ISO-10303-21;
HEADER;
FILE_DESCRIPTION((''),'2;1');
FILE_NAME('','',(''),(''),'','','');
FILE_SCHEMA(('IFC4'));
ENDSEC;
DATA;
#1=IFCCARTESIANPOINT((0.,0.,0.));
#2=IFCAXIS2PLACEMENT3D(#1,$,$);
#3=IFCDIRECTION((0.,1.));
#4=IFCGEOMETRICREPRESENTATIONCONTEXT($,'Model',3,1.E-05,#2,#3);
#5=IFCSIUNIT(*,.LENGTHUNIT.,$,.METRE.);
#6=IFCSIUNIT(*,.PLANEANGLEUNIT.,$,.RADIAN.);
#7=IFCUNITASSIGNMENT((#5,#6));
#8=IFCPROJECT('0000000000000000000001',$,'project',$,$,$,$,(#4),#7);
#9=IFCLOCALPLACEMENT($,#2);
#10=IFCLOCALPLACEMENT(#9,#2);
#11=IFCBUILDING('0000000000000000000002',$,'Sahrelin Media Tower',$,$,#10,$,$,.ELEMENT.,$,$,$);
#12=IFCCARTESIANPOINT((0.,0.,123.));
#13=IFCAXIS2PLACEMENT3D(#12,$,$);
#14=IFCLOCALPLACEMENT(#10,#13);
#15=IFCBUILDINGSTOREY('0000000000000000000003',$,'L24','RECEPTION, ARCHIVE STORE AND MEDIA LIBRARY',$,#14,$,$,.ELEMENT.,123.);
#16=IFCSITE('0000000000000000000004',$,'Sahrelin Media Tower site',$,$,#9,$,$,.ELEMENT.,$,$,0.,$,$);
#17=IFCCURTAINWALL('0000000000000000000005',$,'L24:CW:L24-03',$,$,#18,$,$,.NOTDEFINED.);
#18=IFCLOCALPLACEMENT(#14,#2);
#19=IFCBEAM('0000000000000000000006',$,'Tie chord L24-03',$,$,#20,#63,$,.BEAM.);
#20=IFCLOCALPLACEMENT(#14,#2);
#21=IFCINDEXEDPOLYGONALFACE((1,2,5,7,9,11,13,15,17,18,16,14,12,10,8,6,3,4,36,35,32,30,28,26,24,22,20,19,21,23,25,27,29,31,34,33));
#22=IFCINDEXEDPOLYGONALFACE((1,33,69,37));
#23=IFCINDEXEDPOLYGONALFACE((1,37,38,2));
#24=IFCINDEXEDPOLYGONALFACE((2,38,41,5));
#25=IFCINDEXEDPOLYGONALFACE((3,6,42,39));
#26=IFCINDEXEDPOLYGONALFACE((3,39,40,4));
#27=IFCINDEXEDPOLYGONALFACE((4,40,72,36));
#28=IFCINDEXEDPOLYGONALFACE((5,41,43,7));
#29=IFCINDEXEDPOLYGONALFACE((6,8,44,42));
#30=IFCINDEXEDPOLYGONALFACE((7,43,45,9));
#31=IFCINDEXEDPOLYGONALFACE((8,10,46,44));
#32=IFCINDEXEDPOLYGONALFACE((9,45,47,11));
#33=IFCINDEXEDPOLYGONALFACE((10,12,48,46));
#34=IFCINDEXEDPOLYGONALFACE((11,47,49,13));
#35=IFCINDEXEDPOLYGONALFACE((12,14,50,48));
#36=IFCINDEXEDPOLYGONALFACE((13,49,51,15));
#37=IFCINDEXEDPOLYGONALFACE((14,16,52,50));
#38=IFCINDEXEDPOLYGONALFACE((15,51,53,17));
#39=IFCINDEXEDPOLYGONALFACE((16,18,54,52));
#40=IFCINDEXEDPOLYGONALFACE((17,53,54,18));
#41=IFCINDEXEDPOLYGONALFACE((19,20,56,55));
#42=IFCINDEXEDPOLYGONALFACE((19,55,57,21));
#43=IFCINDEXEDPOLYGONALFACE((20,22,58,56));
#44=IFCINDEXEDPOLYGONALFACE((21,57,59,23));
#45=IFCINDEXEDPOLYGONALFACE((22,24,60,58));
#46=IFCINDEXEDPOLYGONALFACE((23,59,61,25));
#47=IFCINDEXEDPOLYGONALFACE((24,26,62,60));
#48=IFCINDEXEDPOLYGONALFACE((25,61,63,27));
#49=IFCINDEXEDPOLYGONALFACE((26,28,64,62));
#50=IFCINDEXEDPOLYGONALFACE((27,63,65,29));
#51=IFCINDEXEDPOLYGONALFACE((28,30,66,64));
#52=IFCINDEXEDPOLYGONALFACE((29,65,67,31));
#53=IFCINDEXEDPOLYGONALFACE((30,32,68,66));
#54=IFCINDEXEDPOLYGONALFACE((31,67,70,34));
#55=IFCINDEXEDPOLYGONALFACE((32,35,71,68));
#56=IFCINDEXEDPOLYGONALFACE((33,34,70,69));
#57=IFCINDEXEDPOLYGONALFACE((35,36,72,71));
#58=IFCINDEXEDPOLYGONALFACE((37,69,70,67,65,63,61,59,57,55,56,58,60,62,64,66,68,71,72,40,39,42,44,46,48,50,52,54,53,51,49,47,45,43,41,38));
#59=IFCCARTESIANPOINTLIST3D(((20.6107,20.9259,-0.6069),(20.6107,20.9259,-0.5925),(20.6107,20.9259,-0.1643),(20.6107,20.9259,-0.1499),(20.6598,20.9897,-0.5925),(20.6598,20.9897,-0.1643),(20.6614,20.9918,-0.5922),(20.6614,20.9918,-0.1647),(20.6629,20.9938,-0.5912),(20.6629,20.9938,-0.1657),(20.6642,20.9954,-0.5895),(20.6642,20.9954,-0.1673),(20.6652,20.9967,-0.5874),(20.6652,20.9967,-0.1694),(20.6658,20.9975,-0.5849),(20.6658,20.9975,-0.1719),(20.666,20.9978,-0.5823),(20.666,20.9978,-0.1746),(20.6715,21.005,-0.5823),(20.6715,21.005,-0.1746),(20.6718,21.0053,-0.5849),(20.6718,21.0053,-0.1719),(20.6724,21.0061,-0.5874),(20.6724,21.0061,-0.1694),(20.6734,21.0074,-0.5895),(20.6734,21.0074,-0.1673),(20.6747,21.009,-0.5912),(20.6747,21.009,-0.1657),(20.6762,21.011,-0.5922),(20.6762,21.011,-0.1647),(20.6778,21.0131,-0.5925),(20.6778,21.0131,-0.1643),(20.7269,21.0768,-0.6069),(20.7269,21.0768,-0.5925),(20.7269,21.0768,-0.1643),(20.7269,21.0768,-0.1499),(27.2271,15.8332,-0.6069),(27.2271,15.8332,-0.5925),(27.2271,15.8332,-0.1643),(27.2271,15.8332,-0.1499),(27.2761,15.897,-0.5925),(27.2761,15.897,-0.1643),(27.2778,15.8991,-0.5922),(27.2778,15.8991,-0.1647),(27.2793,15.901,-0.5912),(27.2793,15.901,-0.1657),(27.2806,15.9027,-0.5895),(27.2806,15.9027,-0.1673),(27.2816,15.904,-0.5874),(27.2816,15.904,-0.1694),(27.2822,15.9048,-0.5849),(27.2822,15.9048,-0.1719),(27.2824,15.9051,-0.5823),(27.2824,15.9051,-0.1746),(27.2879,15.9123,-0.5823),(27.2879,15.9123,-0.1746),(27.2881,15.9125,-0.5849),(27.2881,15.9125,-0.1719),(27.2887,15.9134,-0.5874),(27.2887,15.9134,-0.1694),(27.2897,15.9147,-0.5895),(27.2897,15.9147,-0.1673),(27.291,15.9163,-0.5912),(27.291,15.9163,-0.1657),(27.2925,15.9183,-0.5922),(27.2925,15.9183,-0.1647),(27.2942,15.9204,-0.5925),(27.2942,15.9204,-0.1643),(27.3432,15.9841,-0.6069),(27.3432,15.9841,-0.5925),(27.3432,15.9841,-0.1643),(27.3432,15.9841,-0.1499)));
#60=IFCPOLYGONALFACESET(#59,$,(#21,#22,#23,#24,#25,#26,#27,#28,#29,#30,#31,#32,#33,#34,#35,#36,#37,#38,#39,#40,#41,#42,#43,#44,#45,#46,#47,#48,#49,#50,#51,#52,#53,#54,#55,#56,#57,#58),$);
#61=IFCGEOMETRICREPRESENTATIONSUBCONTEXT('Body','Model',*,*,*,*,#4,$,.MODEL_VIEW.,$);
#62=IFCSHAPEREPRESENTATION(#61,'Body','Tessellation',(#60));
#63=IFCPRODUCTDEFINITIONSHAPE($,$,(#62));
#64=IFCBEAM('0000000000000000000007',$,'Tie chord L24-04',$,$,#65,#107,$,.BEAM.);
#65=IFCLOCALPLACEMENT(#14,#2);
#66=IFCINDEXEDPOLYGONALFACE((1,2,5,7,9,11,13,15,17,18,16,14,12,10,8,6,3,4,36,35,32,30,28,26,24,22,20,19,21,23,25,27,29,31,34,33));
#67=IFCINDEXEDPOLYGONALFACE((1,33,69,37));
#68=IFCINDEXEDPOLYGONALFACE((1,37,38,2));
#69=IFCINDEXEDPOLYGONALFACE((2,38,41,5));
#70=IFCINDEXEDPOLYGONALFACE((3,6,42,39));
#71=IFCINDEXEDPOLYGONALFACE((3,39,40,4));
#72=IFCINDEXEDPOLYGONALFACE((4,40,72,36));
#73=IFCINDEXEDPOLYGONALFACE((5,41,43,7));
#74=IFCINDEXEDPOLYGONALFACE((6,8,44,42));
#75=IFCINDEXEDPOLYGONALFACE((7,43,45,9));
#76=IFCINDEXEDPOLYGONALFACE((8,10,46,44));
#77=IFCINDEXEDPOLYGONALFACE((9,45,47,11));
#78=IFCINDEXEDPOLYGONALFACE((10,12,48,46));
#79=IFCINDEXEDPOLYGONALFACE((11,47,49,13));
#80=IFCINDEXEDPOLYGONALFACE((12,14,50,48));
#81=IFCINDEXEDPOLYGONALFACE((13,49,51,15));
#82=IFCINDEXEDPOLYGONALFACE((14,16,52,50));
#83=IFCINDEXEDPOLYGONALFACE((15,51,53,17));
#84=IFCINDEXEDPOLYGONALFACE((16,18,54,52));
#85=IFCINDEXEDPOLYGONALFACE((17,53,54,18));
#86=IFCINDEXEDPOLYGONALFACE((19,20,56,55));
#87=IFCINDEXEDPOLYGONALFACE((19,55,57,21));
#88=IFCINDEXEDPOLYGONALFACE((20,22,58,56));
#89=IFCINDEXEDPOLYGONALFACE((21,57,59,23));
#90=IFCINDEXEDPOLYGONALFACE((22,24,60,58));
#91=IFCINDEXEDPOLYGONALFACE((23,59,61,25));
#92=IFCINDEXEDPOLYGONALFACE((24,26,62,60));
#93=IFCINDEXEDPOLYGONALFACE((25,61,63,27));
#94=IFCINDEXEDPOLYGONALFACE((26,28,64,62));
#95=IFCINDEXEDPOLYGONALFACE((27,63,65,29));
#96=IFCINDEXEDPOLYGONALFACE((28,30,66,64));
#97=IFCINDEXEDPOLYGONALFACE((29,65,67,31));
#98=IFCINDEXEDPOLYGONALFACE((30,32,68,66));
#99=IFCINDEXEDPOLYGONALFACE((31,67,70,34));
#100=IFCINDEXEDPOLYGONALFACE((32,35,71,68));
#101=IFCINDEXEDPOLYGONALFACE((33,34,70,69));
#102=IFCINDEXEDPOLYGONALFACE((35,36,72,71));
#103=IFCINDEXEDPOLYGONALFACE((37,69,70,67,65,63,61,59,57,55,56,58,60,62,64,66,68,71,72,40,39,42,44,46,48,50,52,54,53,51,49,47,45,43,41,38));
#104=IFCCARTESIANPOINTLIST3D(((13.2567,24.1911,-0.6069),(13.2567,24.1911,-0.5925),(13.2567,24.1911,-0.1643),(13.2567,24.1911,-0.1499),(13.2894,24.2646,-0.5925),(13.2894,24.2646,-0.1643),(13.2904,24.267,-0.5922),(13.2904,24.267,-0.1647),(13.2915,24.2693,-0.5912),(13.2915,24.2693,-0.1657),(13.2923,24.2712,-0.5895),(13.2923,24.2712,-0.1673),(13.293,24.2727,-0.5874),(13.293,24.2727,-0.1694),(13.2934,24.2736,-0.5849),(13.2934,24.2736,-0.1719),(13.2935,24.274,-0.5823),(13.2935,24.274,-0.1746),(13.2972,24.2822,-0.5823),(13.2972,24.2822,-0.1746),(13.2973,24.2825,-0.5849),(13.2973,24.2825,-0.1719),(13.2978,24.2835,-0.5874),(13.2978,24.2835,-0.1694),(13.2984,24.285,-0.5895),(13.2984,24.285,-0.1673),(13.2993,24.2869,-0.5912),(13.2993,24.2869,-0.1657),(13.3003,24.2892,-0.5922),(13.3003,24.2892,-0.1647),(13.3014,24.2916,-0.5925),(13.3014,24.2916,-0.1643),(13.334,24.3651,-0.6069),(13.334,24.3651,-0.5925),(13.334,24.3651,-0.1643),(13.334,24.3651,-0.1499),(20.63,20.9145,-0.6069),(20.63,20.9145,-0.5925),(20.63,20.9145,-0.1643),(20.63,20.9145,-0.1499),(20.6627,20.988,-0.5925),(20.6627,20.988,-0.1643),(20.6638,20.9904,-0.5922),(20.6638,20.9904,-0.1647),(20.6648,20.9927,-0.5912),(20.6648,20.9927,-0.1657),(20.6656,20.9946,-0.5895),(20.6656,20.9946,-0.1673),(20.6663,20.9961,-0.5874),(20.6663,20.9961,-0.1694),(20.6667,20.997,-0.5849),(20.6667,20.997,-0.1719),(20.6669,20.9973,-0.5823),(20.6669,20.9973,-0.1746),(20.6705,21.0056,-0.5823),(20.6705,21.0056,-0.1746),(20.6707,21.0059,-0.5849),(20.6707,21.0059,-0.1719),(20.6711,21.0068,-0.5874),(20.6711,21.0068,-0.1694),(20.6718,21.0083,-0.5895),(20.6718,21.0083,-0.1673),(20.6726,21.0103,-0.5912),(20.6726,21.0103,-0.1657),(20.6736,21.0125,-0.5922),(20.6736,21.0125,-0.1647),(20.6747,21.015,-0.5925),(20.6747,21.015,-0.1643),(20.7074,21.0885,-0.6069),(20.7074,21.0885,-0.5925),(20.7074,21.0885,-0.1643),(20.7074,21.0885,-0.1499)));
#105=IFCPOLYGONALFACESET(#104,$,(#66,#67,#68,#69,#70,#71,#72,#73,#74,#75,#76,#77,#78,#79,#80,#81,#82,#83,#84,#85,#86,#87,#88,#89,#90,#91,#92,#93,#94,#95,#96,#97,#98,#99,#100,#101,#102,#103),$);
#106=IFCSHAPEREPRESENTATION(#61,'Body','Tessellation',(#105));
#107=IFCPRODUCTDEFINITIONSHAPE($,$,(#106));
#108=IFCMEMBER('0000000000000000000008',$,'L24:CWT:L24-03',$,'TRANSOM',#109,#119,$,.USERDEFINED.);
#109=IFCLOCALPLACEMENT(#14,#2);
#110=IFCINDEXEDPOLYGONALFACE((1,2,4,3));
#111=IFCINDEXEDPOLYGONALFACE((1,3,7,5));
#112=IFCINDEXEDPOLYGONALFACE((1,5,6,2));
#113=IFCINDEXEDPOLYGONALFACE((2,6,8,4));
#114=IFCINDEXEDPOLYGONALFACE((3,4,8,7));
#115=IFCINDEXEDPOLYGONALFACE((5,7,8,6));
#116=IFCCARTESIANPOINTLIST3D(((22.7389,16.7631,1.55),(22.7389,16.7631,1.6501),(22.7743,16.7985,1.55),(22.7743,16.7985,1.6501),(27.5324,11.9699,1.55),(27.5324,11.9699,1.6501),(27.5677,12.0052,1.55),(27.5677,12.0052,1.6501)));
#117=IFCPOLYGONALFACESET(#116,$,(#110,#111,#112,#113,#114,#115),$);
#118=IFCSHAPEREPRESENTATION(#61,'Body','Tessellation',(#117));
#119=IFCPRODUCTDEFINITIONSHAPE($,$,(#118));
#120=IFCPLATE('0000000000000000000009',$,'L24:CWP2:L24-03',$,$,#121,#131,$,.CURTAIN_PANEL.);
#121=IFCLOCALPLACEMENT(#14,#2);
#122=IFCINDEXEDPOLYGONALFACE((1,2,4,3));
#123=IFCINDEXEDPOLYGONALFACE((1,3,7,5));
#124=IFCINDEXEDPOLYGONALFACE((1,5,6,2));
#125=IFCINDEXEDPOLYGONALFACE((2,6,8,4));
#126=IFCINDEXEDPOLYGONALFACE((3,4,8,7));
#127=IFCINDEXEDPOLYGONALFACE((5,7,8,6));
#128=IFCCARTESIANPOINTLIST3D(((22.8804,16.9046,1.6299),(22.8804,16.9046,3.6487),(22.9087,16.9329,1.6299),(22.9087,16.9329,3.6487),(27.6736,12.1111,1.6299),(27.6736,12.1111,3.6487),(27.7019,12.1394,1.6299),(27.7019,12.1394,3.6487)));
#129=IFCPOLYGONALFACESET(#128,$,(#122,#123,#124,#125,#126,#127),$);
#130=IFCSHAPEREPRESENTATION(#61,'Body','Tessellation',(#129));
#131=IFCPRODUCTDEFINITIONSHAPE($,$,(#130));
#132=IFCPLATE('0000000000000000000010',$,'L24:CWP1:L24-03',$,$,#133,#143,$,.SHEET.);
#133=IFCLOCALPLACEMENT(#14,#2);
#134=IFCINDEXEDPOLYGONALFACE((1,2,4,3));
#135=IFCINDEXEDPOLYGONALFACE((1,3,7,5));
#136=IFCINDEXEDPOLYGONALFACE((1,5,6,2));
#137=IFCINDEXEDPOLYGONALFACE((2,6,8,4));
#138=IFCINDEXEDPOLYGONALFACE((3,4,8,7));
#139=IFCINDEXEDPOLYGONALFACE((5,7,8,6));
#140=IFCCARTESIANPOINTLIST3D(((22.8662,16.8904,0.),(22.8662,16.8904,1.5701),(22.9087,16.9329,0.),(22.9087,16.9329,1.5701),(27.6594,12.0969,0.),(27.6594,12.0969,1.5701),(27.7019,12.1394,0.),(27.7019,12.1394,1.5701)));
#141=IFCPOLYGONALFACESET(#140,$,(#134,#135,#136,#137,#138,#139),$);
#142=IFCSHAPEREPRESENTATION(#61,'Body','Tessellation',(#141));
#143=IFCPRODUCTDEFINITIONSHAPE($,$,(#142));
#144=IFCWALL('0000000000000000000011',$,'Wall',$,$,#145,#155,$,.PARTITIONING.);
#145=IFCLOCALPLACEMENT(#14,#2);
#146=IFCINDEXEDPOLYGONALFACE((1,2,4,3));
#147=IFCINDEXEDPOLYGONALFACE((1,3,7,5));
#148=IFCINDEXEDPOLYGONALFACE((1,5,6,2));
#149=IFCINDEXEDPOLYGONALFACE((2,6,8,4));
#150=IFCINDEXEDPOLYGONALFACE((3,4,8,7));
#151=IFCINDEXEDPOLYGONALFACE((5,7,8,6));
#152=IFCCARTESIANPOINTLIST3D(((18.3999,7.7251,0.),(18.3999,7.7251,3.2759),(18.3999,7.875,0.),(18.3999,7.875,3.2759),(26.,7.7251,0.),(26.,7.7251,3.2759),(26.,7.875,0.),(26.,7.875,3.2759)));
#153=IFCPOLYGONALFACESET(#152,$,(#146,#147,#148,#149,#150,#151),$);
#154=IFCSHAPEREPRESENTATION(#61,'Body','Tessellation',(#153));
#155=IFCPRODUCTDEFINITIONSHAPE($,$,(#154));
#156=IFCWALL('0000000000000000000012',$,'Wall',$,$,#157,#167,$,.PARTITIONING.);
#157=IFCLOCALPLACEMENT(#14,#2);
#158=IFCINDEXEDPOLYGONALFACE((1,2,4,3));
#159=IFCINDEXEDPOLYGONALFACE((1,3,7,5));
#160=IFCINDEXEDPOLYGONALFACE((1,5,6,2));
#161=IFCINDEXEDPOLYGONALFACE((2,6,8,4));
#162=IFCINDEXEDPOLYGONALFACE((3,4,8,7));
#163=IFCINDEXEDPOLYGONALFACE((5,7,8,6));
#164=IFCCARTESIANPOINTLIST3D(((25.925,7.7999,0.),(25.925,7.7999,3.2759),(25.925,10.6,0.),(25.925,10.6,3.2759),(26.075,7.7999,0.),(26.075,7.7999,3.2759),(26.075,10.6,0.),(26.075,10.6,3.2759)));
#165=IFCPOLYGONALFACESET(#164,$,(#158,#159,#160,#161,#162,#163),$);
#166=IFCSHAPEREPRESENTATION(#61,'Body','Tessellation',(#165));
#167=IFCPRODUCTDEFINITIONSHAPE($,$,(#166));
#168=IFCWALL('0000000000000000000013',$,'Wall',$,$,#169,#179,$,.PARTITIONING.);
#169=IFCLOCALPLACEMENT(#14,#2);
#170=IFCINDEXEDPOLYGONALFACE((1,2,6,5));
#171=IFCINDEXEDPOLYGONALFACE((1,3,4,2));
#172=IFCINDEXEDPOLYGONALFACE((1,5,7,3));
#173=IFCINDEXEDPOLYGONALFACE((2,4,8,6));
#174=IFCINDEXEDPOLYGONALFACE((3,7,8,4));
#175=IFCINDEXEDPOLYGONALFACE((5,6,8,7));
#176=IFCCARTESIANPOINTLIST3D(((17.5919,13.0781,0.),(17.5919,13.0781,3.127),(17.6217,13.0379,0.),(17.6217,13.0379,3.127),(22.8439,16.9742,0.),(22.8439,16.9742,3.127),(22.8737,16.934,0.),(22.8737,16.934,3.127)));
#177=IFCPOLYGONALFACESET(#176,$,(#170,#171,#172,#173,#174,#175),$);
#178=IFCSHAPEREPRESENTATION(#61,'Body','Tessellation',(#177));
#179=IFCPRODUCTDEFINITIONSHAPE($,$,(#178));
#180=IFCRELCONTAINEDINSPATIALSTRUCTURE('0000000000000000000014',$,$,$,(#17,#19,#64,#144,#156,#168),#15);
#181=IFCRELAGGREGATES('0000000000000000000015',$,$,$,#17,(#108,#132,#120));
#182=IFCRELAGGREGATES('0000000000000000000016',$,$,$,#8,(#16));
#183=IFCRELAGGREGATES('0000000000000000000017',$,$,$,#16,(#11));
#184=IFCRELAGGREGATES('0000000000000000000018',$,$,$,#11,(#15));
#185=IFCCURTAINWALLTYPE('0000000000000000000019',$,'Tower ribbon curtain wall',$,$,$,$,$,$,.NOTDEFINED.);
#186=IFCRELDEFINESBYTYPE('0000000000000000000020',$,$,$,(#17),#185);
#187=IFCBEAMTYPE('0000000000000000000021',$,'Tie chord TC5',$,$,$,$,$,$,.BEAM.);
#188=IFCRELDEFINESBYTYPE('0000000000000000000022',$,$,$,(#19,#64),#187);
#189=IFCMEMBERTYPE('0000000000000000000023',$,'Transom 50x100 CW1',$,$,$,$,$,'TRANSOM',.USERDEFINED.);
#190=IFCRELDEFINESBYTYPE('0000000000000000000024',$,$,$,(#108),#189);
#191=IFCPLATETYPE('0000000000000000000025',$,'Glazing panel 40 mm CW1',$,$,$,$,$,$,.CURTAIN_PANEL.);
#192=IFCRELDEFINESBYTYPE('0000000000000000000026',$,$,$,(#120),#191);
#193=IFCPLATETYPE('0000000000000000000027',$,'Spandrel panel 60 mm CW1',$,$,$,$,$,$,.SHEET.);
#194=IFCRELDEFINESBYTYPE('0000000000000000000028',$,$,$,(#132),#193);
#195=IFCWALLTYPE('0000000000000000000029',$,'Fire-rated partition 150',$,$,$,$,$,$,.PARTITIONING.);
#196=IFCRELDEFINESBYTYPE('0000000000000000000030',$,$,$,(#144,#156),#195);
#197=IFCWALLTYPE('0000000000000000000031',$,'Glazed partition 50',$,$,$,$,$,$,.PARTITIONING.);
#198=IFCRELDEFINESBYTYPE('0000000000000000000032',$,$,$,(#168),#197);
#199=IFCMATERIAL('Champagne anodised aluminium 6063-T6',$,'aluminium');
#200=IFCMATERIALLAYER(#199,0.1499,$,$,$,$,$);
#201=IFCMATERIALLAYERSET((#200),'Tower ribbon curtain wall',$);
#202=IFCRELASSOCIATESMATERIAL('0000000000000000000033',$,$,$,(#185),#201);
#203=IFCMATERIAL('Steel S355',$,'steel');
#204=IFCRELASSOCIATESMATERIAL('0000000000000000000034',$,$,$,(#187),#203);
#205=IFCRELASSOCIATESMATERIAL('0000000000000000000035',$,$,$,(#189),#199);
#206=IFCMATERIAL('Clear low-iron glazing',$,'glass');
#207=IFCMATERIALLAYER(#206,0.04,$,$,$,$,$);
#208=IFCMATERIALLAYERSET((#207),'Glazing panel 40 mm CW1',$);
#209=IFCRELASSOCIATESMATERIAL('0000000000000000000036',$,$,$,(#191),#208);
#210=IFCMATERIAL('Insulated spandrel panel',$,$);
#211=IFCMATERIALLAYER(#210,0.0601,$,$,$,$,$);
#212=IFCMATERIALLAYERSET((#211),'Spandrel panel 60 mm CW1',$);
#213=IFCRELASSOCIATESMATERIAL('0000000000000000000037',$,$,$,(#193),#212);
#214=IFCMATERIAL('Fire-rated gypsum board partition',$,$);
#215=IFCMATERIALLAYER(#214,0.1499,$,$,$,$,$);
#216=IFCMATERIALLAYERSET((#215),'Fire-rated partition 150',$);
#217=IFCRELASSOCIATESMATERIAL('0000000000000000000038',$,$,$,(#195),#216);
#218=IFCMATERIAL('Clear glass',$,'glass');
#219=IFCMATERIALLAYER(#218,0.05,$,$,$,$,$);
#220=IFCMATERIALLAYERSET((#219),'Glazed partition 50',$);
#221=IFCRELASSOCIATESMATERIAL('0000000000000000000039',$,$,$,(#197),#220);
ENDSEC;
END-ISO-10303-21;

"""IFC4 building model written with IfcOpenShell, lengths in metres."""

from ifc_helpers import new_model, si_unit, direction, frame, frame_2d, origin, origin_2d, place, context, subcontext, project, spatial, polyline, rectangle, i_section, outline, extrude, material, layer, layer_set, material_profile, profile_set, type_object, element, aggregate, save


model = new_model("IFC4")

# Units and contexts
model_context = context("Model", 3, precision=1e-05, world=origin(), true_north=direction((0.0, 1.0)))
body_context = subcontext(model_context, "Body", "Model", "MODEL_VIEW")
ifc_project = project(units=[si_unit("LENGTHUNIT", "METRE"), si_unit("PLANEANGLEUNIT", "RADIAN")], contexts=[model_context])

# Site, building, storey
site_placement = place(None, origin())
site = spatial("IfcSite", under=ifc_project, at=site_placement, Name="Sahrelin Media Tower site", CompositionType="ELEMENT", RefElevation=0.0)
building_placement = place(site_placement, origin())
building = spatial("IfcBuilding", under=site, at=building_placement, Name="Sahrelin Media Tower", CompositionType="ELEMENT")
storey_placement = place(building_placement, frame((0.0, 0.0, 123.0)))
storey = spatial("IfcBuildingStorey", under=building, at=storey_placement, Name="L24", Description="RECEPTION, ARCHIVE STORE AND MEDIA LIBRARY", CompositionType="ELEMENT", Elevation=123.0)

# Shared definitions
ifc_material_1 = material(Name="Steel S355", Category="steel")

# Curtain wall
ifc_material_2 = material(Name="Champagne anodised aluminium 6063-T6", Category="aluminium")
ifc_layer_1 = layer(ifc_material_2, 0.1499)
ifc_layer_set_1 = layer_set([ifc_layer_1], Name="Tower ribbon curtain wall")
curtain_wall_type = type_object("IfcCurtainWallType", Name="Tower ribbon curtain wall", PredefinedType="NOTDEFINED", material=ifc_layer_set_1)
curtain_wall_1_placement = place(storey_placement, frame((25.2913, 14.522, 0.0), z_axis=(0.0, 0.0, 1.0), x_axis=(1.0, 0.0, 0.0)))
curtain_wall_1 = element("IfcCurtainWall", 1, at=curtain_wall_1_placement, inside=storey, type_object=curtain_wall_type, Name="L24:CW:L24-03", PredefinedType="NOTDEFINED")

# Beams
ifc_material_profile_1 = material_profile(ifc_material_1, i_section(OverallWidth=0.1904, OverallDepth=0.457, WebThickness=0.009, FlangeThickness=0.0144, FilletRadius=0.0103, at=origin_2d()), Name="UB 457x191x74")
ifc_profile_set_1 = profile_set([ifc_material_profile_1], Name="Steel S355")
beam_type_1 = type_object("IfcBeamType", Name="Tie chord TC5", PredefinedType="BEAM", material=ifc_profile_set_1)
beam_1_placement = place(storey_placement, frame((27.2852, 15.9087, -0.3784), z_axis=(-0.792439, 0.609951, 0.0), x_axis=(-0.609951, -0.792439, 0.0)))
element("IfcBeam", 2, at=beam_1_placement, inside=storey, type_object=beam_type_1, Name="Tie chord L24-03", PredefinedType="BEAM", context=body_context, shape_type="SweptSolid", body=[
    extrude(i_section(OverallWidth=0.1904, OverallDepth=0.457, WebThickness=0.009, FlangeThickness=0.0144, FilletRadius=0.0103, at=origin_2d()), origin(), (0.0, 0.0, 1.0), 8.3494),
])
beam_2_placement = place(storey_placement, frame((20.6687, 21.0015, -0.3784), z_axis=(-0.91383, 0.406096, 0.0), x_axis=(-0.406096, -0.91383, 0.0)))
element("IfcBeam", 3, at=beam_2_placement, inside=storey, type_object=beam_type_1, Name="Tie chord L24-04", PredefinedType="BEAM", context=body_context, shape_type="SweptSolid", body=[
    extrude(i_section(OverallWidth=0.1904, OverallDepth=0.457, WebThickness=0.009, FlangeThickness=0.0144, FilletRadius=0.0103, at=origin_2d()), origin(), (0.0, 0.0, 1.0), 8.0686),
])

# Member
ifc_material_profile_2 = material_profile(ifc_material_2, rectangle(XDim=0.05, YDim=0.1001, at=origin_2d()), Name="Transom 50x100")
ifc_profile_set_2 = profile_set([ifc_material_profile_2], Name="Champagne anodised aluminium 6063-T6")
member_type_1 = type_object("IfcMemberType", Name="Transom 50x100 CW1", ElementType="TRANSOM", PredefinedType="USERDEFINED", material=ifc_profile_set_2)
member_1_placement = place(storey_placement, frame((27.55, 11.9875, 1.6001), z_axis=(-0.707125, 0.707089, 0.0), x_axis=(-0.707089, -0.707125, 0.0)))
member_1 = element("IfcMember", 4, at=member_1_placement, type_object=member_type_1, Name="L24:CWT:L24-03", ObjectType="TRANSOM", PredefinedType="USERDEFINED", context=body_context, shape_type="SweptSolid", body=[
    extrude(rectangle(XDim=0.05, YDim=0.1001, at=origin_2d()), origin(), (0.0, 0.0, 1.0), 6.7788),
])

# Plates
ifc_material_3 = material(Name="Clear low-iron glazing", Category="glass")
ifc_layer_2 = layer(ifc_material_3, 0.04)
ifc_layer_set_2 = layer_set([ifc_layer_2], Name="Glazing panel 40 mm CW1")
plate_type_1 = type_object("IfcPlateType", Name="Glazing panel 40 mm CW1", PredefinedType="CURTAIN_PANEL", material=ifc_layer_set_2)
plate_1_placement = place(storey_placement, frame((27.7019, 12.1394, 1.6299), z_axis=(0.707125, 0.707089, 0.0), x_axis=(-0.707089, 0.707125, 0.0)))
plate_1 = element("IfcPlate", 5, at=plate_1_placement, type_object=plate_type_1, Name="L24:CWP2:L24-03", PredefinedType="CURTAIN_PANEL", context=body_context, shape_type="SweptSolid", body=[
    extrude(outline(polyline([(0.0, 0.0), (6.7788, 0.0), (6.7788, 2.0188), (0.0, 2.0188), (0.0, 0.0)])), origin(), (0.0, 0.0, -1.0), 0.04),
])
ifc_material_4 = material(Name="Insulated spandrel panel")
ifc_layer_3 = layer(ifc_material_4, 0.0601)
ifc_layer_set_3 = layer_set([ifc_layer_3], Name="Spandrel panel 60 mm CW1")
plate_type_2 = type_object("IfcPlateType", Name="Spandrel panel 60 mm CW1", PredefinedType="SHEET", material=ifc_layer_set_3)
plate_2_placement = place(storey_placement, frame((27.7019, 12.1394, 0.0), z_axis=(0.707125, 0.707089, 0.0), x_axis=(-0.707089, 0.707125, 0.0)))
plate_2 = element("IfcPlate", 6, at=plate_2_placement, type_object=plate_type_2, Name="L24:CWP1:L24-03", PredefinedType="SHEET", context=body_context, shape_type="SweptSolid", body=[
    extrude(outline(polyline([(0.0, 0.0), (6.7788, 0.0), (6.7788, 1.5701), (0.0, 1.5701), (0.0, 0.0)])), origin(), (0.0, 0.0, -1.0), 0.0601),
])
aggregate(curtain_wall_1, [member_1, plate_2, plate_1])

# Walls
ifc_material_5 = material(Name="Fire-rated gypsum board partition")
ifc_layer_4 = layer(ifc_material_5, 0.1499)
ifc_layer_set_4 = layer_set([ifc_layer_4], Name="Fire-rated partition 150")
wall_type_1 = type_object("IfcWallType", Name="Fire-rated partition 150", PredefinedType="PARTITIONING", material=ifc_layer_set_4)
wall_1_placement = place(storey_placement, frame((18.3999, 7.8, 0.0), z_axis=(0.0, 0.0, 1.0), x_axis=(1.0, 0.0, 0.0)))
element("IfcWall", 7, at=wall_1_placement, inside=storey, type_object=wall_type_1, Name="Wall", PredefinedType="PARTITIONING", context=body_context, shape_type="SweptSolid", body=[
    extrude(rectangle(XDim=7.6001, YDim=0.1499, at=frame_2d((3.8, 0.0))), origin(), (0.0, 0.0, 1.0), 3.2759),
])
wall_2_placement = place(storey_placement, frame((26.0, 7.8, 0.0), z_axis=(0.0, 0.0, 1.0), x_axis=(0.0, 1.0, 0.0)))
element("IfcWall", 8, at=wall_2_placement, inside=storey, type_object=wall_type_1, Name="Wall", PredefinedType="PARTITIONING", context=body_context, shape_type="SweptSolid", body=[
    extrude(rectangle(XDim=2.8, YDim=0.1499, at=frame_2d((1.3999, 0.0))), origin(), (0.0, 0.0, 1.0), 3.2759),
])
ifc_material_6 = material(Name="Clear glass", Category="glass")
ifc_layer_5 = layer(ifc_material_6, 0.05)
ifc_layer_set_5 = layer_set([ifc_layer_5], Name="Glazed partition 50")
wall_type_2 = type_object("IfcWallType", Name="Glazed partition 50", PredefinedType="PARTITIONING", material=ifc_layer_set_5)
wall_3_placement = place(storey_placement, frame((17.6069, 13.0581, 0.0), z_axis=(0.0, 0.0, 1.0), x_axis=(0.803143, 0.595786, 0.0)))
element("IfcWall", 9, at=wall_3_placement, inside=storey, type_object=wall_type_2, Name="Wall", PredefinedType="PARTITIONING", context=body_context, shape_type="SweptSolid", body=[
    extrude(rectangle(XDim=6.5393, YDim=0.05, at=frame_2d((3.2695, 0.0))), origin(), (0.0, 0.0, 1.0), 3.127),
])

save(model, "model.ifc")
